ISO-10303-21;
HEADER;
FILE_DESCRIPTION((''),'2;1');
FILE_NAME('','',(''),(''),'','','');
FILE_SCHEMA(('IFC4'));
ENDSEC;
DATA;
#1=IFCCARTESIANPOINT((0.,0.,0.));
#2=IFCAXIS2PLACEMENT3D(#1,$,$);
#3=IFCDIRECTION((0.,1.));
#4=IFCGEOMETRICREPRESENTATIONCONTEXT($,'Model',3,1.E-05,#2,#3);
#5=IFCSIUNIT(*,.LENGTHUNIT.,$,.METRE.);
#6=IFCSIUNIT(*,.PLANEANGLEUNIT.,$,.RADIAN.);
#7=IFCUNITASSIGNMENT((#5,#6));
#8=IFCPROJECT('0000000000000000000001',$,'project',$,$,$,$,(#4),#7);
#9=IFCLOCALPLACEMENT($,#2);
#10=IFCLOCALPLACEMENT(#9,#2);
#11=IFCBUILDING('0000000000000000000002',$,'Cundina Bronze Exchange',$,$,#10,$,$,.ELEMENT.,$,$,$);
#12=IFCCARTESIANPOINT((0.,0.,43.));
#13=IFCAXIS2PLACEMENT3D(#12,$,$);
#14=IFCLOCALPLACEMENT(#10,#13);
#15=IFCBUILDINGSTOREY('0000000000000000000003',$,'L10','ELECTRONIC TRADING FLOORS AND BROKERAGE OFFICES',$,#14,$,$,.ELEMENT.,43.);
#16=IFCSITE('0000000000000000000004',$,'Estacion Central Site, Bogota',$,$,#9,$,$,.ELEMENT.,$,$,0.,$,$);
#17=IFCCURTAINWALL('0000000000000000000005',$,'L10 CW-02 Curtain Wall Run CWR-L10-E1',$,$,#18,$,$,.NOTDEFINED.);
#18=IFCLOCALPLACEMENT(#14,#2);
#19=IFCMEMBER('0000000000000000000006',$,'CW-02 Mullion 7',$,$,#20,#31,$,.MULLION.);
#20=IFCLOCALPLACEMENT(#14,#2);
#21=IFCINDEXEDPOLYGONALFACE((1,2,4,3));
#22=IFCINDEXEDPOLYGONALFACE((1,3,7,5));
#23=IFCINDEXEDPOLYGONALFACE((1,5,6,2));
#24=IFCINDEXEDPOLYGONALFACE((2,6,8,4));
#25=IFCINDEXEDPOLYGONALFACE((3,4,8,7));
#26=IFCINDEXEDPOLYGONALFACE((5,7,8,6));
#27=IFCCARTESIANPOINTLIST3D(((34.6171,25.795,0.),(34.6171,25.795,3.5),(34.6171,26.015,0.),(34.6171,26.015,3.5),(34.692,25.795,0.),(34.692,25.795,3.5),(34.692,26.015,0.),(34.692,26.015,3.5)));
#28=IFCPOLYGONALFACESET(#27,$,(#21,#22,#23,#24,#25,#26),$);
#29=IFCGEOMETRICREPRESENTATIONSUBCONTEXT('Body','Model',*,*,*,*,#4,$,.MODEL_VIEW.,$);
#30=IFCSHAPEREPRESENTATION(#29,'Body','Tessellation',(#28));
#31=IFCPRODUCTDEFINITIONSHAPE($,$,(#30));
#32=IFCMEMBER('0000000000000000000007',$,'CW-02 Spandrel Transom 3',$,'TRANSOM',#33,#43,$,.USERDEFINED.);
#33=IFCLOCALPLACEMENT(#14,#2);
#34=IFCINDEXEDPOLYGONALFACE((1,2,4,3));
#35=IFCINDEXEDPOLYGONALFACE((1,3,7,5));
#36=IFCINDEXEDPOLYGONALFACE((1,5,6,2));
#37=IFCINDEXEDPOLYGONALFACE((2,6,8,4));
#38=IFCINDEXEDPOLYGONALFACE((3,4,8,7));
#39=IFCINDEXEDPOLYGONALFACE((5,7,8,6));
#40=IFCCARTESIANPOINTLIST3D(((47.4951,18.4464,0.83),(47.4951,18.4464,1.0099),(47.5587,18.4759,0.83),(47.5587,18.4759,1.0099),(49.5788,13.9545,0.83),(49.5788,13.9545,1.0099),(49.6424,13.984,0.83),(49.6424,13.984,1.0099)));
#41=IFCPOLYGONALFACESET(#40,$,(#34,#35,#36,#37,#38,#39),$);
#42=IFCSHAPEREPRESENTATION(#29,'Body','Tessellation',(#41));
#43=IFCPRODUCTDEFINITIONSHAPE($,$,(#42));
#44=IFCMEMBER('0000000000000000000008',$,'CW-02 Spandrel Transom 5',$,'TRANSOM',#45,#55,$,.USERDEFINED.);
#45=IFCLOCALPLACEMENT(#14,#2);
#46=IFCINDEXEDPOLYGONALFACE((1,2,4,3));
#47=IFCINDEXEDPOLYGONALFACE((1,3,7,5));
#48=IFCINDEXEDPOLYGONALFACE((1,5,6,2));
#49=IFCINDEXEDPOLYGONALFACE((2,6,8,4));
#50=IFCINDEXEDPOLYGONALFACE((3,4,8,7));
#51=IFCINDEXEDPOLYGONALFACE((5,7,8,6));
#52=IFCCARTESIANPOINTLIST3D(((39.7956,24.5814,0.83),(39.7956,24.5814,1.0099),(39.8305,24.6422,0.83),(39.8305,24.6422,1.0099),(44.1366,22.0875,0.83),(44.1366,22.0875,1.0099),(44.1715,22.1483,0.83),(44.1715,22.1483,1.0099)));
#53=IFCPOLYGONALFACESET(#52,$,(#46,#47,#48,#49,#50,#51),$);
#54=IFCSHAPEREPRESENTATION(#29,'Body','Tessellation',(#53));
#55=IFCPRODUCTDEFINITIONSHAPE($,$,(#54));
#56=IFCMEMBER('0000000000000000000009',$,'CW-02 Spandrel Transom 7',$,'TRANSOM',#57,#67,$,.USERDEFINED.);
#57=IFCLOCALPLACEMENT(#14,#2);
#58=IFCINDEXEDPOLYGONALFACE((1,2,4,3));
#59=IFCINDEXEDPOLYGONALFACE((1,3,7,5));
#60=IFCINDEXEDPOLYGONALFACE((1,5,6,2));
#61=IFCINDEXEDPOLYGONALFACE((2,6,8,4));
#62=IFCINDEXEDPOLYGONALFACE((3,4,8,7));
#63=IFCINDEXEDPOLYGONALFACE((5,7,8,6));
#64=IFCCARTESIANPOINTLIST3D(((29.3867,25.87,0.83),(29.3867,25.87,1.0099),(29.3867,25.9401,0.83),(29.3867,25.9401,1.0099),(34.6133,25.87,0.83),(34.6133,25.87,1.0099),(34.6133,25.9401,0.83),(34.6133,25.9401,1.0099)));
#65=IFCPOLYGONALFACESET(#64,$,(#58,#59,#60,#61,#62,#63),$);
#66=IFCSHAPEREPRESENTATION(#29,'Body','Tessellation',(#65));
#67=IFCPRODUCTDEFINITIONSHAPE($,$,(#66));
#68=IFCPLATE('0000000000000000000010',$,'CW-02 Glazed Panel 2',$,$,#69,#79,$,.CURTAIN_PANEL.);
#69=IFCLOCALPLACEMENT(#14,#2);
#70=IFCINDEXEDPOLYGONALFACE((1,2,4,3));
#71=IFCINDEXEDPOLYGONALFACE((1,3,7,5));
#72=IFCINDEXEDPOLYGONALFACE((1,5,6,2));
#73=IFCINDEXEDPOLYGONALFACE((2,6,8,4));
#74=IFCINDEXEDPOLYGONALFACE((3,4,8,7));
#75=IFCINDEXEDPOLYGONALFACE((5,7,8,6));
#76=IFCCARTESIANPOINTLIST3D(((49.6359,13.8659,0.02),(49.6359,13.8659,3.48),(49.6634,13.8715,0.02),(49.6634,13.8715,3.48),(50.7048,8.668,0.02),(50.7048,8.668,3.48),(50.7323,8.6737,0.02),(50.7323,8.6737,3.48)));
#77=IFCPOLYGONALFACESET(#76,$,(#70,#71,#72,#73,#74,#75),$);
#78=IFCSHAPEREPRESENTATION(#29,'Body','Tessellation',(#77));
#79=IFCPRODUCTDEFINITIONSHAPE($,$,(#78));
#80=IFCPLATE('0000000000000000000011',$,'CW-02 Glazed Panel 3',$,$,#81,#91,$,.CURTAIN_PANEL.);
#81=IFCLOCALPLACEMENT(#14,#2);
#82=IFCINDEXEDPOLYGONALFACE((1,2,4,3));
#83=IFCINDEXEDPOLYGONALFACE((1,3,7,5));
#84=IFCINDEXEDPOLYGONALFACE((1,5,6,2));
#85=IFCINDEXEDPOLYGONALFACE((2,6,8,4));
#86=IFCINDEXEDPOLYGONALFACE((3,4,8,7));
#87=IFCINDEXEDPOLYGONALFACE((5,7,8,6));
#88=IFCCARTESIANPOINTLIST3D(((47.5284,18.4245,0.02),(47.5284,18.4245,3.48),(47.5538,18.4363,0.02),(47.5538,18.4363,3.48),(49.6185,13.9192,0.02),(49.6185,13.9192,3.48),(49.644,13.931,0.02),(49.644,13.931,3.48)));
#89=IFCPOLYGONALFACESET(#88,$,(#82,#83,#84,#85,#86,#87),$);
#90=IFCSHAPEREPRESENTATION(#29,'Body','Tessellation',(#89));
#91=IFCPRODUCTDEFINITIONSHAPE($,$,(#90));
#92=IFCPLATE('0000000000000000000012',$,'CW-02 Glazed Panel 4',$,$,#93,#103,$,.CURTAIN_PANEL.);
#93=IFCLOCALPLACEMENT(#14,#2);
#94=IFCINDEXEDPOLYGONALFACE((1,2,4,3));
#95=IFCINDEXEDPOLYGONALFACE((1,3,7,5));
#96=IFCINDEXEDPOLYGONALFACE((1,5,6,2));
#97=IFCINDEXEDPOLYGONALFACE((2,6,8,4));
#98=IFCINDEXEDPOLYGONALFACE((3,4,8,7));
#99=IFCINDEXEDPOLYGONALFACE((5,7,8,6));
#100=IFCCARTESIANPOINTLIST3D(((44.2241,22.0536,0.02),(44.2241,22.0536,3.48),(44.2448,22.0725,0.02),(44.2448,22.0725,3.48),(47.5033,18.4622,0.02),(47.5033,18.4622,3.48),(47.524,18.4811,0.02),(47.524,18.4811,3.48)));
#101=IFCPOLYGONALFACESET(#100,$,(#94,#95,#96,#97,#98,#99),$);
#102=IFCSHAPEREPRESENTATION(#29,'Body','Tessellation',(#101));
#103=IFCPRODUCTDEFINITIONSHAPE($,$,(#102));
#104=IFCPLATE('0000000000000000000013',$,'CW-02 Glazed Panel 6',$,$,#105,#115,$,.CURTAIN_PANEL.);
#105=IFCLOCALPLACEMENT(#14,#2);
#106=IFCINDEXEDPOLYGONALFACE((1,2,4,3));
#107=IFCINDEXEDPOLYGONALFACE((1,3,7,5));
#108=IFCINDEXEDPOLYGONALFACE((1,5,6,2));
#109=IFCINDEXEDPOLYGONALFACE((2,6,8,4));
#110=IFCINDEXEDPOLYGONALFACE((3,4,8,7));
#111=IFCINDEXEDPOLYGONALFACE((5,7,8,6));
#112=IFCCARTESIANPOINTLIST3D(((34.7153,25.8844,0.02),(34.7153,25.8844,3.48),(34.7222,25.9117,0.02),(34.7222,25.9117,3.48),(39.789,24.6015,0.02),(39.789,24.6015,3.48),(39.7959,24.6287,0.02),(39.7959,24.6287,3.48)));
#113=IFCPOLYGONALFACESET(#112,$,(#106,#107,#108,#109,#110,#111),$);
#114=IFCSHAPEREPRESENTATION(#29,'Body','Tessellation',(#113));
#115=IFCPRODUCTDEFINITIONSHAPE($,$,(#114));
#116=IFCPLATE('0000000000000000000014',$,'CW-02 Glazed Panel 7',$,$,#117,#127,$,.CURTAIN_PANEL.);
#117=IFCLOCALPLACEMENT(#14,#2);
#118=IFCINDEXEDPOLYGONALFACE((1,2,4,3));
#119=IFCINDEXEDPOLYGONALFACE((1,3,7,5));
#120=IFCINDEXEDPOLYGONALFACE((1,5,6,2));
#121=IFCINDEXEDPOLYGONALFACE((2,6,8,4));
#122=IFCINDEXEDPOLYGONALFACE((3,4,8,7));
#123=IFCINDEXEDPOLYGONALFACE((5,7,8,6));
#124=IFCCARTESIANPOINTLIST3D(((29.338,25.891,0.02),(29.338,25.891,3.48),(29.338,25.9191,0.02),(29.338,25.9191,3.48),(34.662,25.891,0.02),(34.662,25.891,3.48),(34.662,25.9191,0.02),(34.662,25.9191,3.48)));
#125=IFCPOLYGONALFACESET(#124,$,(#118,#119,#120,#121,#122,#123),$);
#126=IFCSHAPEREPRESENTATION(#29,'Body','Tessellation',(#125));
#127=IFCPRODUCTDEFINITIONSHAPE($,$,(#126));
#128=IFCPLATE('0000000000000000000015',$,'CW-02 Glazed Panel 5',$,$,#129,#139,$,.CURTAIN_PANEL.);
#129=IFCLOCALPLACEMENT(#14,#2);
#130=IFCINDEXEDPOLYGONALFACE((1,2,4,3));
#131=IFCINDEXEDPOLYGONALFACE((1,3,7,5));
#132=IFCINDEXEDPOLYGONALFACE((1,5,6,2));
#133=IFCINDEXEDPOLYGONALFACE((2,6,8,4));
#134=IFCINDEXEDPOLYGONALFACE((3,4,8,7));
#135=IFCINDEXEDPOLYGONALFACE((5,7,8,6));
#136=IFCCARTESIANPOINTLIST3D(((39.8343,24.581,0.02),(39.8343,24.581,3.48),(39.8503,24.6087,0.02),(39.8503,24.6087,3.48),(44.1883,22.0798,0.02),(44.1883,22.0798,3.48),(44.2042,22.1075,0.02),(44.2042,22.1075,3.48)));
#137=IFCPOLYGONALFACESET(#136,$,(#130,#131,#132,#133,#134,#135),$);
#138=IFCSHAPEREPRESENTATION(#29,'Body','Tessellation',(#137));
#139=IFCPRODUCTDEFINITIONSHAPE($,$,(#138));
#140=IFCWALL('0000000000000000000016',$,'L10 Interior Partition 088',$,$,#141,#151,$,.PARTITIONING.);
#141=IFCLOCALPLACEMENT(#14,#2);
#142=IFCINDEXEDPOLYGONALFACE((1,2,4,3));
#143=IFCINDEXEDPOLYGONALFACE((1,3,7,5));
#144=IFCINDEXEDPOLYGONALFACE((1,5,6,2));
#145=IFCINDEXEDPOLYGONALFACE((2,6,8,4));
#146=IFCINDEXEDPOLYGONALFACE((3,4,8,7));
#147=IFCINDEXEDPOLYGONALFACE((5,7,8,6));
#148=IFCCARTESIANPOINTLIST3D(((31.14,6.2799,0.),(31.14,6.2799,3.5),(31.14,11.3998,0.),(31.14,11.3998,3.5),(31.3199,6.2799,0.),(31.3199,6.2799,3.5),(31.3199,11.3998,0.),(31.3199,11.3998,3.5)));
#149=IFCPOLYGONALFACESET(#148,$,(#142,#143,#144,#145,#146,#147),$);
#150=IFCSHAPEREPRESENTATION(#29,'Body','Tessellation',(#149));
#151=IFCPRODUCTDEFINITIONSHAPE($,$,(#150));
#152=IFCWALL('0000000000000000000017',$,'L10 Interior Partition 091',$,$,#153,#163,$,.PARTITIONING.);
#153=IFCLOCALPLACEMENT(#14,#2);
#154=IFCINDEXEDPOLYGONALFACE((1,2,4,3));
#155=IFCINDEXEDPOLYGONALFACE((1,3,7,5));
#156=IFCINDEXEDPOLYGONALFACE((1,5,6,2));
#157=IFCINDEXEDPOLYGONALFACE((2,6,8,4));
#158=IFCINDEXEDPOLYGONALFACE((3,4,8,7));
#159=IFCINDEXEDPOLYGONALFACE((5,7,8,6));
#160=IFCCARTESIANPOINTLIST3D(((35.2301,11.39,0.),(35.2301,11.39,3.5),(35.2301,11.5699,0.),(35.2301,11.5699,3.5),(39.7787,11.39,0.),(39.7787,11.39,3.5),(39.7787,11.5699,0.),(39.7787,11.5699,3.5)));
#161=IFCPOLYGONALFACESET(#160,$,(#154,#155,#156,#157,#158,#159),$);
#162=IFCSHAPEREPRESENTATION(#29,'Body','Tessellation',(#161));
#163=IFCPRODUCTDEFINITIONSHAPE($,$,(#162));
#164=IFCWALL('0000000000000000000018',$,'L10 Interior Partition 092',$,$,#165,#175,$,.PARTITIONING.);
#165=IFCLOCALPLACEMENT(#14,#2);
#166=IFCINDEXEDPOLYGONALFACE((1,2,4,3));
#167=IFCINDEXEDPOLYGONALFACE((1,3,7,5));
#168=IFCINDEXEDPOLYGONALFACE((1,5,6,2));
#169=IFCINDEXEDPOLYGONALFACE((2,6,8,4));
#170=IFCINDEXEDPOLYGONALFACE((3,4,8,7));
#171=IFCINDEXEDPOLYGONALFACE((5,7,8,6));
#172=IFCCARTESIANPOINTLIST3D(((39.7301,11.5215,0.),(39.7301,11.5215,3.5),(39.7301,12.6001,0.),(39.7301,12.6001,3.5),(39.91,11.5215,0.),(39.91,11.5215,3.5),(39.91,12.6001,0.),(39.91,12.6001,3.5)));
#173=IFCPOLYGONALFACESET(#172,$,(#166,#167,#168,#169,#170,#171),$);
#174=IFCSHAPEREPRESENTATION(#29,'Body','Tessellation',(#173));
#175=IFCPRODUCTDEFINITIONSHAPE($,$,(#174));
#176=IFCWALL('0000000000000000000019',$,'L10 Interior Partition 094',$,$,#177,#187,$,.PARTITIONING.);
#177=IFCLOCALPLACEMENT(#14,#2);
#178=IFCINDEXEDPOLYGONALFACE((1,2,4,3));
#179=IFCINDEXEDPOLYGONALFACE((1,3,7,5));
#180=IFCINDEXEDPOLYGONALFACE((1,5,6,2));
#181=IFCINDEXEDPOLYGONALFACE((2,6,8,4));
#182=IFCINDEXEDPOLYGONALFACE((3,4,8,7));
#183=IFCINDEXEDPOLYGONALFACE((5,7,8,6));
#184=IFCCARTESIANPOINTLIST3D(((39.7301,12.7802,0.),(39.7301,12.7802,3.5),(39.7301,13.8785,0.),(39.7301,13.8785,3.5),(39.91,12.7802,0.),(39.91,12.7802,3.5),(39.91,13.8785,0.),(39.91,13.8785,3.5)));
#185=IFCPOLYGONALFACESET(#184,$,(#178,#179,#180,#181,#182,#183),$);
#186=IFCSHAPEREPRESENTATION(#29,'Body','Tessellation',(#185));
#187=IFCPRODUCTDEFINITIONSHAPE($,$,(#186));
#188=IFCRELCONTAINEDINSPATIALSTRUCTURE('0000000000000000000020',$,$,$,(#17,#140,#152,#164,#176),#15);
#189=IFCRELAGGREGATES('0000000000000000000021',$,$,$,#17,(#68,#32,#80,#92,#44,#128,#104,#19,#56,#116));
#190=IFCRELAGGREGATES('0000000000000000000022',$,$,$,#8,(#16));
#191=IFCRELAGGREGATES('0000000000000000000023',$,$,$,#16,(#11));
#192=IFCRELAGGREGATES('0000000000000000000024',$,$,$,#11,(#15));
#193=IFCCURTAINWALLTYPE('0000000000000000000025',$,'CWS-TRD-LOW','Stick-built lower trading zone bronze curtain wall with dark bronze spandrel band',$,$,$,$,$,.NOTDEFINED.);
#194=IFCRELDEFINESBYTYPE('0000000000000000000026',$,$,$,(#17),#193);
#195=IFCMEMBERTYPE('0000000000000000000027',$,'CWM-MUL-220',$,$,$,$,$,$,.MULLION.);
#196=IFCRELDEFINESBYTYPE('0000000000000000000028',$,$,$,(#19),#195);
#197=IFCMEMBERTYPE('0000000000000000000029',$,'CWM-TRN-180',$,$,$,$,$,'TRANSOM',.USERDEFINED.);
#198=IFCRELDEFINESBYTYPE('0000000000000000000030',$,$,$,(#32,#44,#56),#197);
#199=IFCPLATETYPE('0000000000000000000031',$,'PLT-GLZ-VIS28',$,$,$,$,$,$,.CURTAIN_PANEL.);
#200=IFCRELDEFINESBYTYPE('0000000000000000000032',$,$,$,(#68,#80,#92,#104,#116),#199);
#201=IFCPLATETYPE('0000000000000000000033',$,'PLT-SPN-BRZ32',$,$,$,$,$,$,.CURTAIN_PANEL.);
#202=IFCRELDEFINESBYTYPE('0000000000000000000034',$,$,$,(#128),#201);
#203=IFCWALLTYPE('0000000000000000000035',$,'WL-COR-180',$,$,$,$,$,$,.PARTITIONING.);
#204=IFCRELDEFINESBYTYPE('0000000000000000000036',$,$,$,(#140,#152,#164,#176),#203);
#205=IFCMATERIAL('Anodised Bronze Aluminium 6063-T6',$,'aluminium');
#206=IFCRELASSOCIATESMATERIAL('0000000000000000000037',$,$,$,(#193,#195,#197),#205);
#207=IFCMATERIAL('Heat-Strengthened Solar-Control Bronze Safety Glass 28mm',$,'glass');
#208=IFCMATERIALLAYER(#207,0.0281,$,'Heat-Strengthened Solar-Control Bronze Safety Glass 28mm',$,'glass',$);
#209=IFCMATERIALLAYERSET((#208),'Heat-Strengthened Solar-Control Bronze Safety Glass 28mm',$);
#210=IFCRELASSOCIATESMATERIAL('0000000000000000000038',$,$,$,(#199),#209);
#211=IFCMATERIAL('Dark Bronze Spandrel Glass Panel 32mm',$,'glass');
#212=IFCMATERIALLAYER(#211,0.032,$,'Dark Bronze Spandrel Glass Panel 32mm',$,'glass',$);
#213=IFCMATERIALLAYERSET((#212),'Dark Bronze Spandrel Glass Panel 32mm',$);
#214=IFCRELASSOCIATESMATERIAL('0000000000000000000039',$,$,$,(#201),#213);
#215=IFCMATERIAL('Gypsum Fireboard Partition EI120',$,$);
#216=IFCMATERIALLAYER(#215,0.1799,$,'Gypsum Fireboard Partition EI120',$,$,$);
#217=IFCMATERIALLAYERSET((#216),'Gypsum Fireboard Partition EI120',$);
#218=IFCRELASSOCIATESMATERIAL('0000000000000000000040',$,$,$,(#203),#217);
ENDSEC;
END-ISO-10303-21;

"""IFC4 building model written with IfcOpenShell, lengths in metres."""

from ifc_helpers import new_model, si_unit, direction, frame, frame_2d, origin, origin_2d, place, context, subcontext, project, spatial, rectangle, extrude, material, layer, layer_set, material_profile, profile_set, type_object, element, aggregate, save


model = new_model("IFC4")

# Units and contexts
model_context = context("Model", 3, precision=1e-05, world=origin(), true_north=direction((0.0, 1.0)))
body_context = subcontext(model_context, "Body", "Model", "MODEL_VIEW")
ifc_project = project(units=[si_unit("LENGTHUNIT", "METRE"), si_unit("PLANEANGLEUNIT", "RADIAN")], contexts=[model_context])

# Site, building, storey
site_placement = place(None, origin())
site = spatial("IfcSite", under=ifc_project, at=site_placement, Name="Estacion Central Site, Bogota", CompositionType="ELEMENT", RefElevation=0.0)
building_placement = place(site_placement, origin())
building = spatial("IfcBuilding", under=site, at=building_placement, Name="Cundina Bronze Exchange", CompositionType="ELEMENT")
storey_placement = place(building_placement, frame((0.0, 0.0, 43.0)))
storey = spatial("IfcBuildingStorey", under=building, at=storey_placement, Name="L10", Description="ELECTRONIC TRADING FLOORS AND BROKERAGE OFFICES", CompositionType="ELEMENT", Elevation=43.0)

# Curtain wall, members, plates
ifc_material_1 = material(Name="Anodised Bronze Aluminium 6063-T6", Category="aluminium")
curtain_wall_type = type_object("IfcCurtainWallType", Name="CWS-TRD-LOW", Description="Stick-built lower trading zone bronze curtain wall with dark bronze spandrel band", PredefinedType="NOTDEFINED", material=ifc_material_1)
curtain_wall_placement = place(storey_placement, origin())
curtain_wall = element("IfcCurtainWall", 1, at=curtain_wall_placement, inside=storey, type_object=curtain_wall_type, Name="L10 CW-02 Curtain Wall Run CWR-L10-E1", PredefinedType="NOTDEFINED")
ifc_material_profile_1 = material_profile(ifc_material_1, rectangle(XDim=0.075, YDim=0.22, at=origin_2d()), Name="AL75X220", Category="aluminium")
ifc_profile_set_1 = profile_set([ifc_material_profile_1], Name="Anodised Bronze Aluminium 6063-T6")
member_type_1 = type_object("IfcMemberType", Name="CWM-MUL-220", PredefinedType="MULLION", material=ifc_profile_set_1)
member_1_placement = place(storey_placement, frame((34.6545, 25.905, 0.0), z_axis=(0.0, 0.0, 1.0), x_axis=(-1.0, 0.0, 0.0)))
member_1 = element("IfcMember", 2, at=member_1_placement, type_object=member_type_1, Name="CW-02 Mullion 7", PredefinedType="MULLION", context=body_context, shape_type="SweptSolid", body=[
    extrude(rectangle(XDim=0.075, YDim=0.22, at=origin_2d()), origin(), (0.0, 0.0, 1.0), 3.5),
])
ifc_material_profile_2 = material_profile(ifc_material_1, rectangle(XDim=0.0701, YDim=0.1799, at=origin_2d()), Name="AL70X180", Category="aluminium")
ifc_profile_set_2 = profile_set([ifc_material_profile_2], Name="Anodised Bronze Aluminium 6063-T6")
member_type_2 = type_object("IfcMemberType", Name="CWM-TRN-180", ElementType="TRANSOM", PredefinedType="USERDEFINED", material=ifc_profile_set_2)
member_2_placement = place(storey_placement, frame((49.6106, 13.9692, 0.9199), z_axis=(-0.420811, 0.907148, 0.0), x_axis=(-0.907148, -0.420811, 0.0)))
member_2 = element("IfcMember", 3, at=member_2_placement, type_object=member_type_2, Name="CW-02 Spandrel Transom 3", ObjectType="TRANSOM", PredefinedType="USERDEFINED", context=body_context, shape_type="SweptSolid", body=[
    extrude(rectangle(XDim=0.0701, YDim=0.1799, at=origin_2d()), origin(), (0.0, 0.0, 1.0), 4.9517),
])
member_3_placement = place(storey_placement, frame((44.1541, 22.1179, 0.9199), z_axis=(-0.867097, 0.498139, 0.0), x_axis=(-0.498139, -0.867097, 0.0)))
member_3 = element("IfcMember", 4, at=member_3_placement, type_object=member_type_2, Name="CW-02 Spandrel Transom 5", ObjectType="TRANSOM", PredefinedType="USERDEFINED", context=body_context, shape_type="SweptSolid", body=[
    extrude(rectangle(XDim=0.0701, YDim=0.1799, at=origin_2d()), origin(), (0.0, 0.0, 1.0), 5.0063),
])
member_4_placement = place(storey_placement, frame((34.6133, 25.905, 0.9199), z_axis=(-1.0, 0.0, 0.0), x_axis=(0.0, -1.0, 0.0)))
member_4 = element("IfcMember", 5, at=member_4_placement, type_object=member_type_2, Name="CW-02 Spandrel Transom 7", ObjectType="TRANSOM", PredefinedType="USERDEFINED", context=body_context, shape_type="SweptSolid", body=[
    extrude(rectangle(XDim=0.0701, YDim=0.1799, at=origin_2d()), origin(), (0.0, 0.0, 1.0), 5.2266),
])
ifc_material_2 = material(Name="Heat-Strengthened Solar-Control Bronze Safety Glass 28mm", Category="glass")
ifc_layer_1 = layer(ifc_material_2, 0.0281, Name="Heat-Strengthened Solar-Control Bronze Safety Glass 28mm", Category="glass")
ifc_layer_set_1 = layer_set([ifc_layer_1], Name="Heat-Strengthened Solar-Control Bronze Safety Glass 28mm")
plate_type_1 = type_object("IfcPlateType", Name="PLT-GLZ-VIS28", PredefinedType="CURTAIN_PANEL", material=ifc_layer_set_1)
plate_1_placement = place(storey_placement, frame((50.1841, 11.2698, 0.02), z_axis=(0.0, 0.0, 1.0), x_axis=(-0.20142, 0.979505, 0.0)))
plate_1 = element("IfcPlate", 6, at=plate_1_placement, type_object=plate_type_1, Name="CW-02 Glazed Panel 2", PredefinedType="CURTAIN_PANEL", context=body_context, shape_type="SweptSolid", body=[
    extrude(rectangle(XDim=5.3066, YDim=0.0281, at=origin_2d()), origin(), (0.0, 0.0, 1.0), 3.46),
])
plate_2_placement = place(storey_placement, frame((48.5862, 16.1777, 0.02), z_axis=(0.0, 0.0, 1.0), x_axis=(-0.420846, 0.907132, 0.0)))
plate_2 = element("IfcPlate", 7, at=plate_2_placement, type_object=plate_type_1, Name="CW-02 Glazed Panel 3", PredefinedType="CURTAIN_PANEL", context=body_context, shape_type="SweptSolid", body=[
    extrude(rectangle(XDim=4.9666, YDim=0.0281, at=origin_2d()), origin(), (0.0, 0.0, 1.0), 3.46),
])
plate_3_placement = place(storey_placement, frame((45.874, 20.2673, 0.02), z_axis=(0.0, 0.0, 1.0), x_axis=(-0.674277, 0.738479, 0.0)))
plate_3 = element("IfcPlate", 8, at=plate_3_placement, type_object=plate_type_1, Name="CW-02 Glazed Panel 4", PredefinedType="CURTAIN_PANEL", context=body_context, shape_type="SweptSolid", body=[
    extrude(rectangle(XDim=4.8633, YDim=0.0281, at=origin_2d()), origin(), (0.0, 0.0, 1.0), 3.46),
])
plate_4_placement = place(storey_placement, frame((37.2556, 25.2566, 0.02), z_axis=(0.0, 0.0, 1.0), x_axis=(-0.969488, 0.245138, 0.0)))
plate_4 = element("IfcPlate", 9, at=plate_4_placement, type_object=plate_type_1, Name="CW-02 Glazed Panel 6", PredefinedType="CURTAIN_PANEL", context=body_context, shape_type="SweptSolid", body=[
    extrude(rectangle(XDim=5.2334, YDim=0.0281, at=origin_2d()), origin(), (0.0, 0.0, 1.0), 3.46),
])
plate_5_placement = place(storey_placement, frame((32.0, 25.905, 0.02), z_axis=(0.0, 0.0, 1.0), x_axis=(-1.0, 0.0, 0.0)))
plate_5 = element("IfcPlate", 10, at=plate_5_placement, type_object=plate_type_1, Name="CW-02 Glazed Panel 7", PredefinedType="CURTAIN_PANEL", context=body_context, shape_type="SweptSolid", body=[
    extrude(rectangle(XDim=5.324, YDim=0.0281, at=origin_2d()), origin(), (0.0, 0.0, 1.0), 3.46),
])
ifc_material_3 = material(Name="Dark Bronze Spandrel Glass Panel 32mm", Category="glass")
ifc_layer_2 = layer(ifc_material_3, 0.032, Name="Dark Bronze Spandrel Glass Panel 32mm", Category="glass")
ifc_layer_set_2 = layer_set([ifc_layer_2], Name="Dark Bronze Spandrel Glass Panel 32mm")
plate_type_2 = type_object("IfcPlateType", Name="PLT-SPN-BRZ32", PredefinedType="CURTAIN_PANEL", material=ifc_layer_set_2)
plate_6_placement = place(storey_placement, frame((42.0193, 23.3442, 0.02), z_axis=(0.0, 0.0, 1.0), x_axis=(-0.867105, 0.498125, 0.0)))
plate_6 = element("IfcPlate", 11, at=plate_6_placement, type_object=plate_type_2, Name="CW-02 Glazed Panel 5", PredefinedType="CURTAIN_PANEL", context=body_context, shape_type="SweptSolid", body=[
    extrude(rectangle(XDim=5.0212, YDim=0.032, at=origin_2d()), origin(), (0.0, 0.0, 1.0), 3.46),
])
aggregate(curtain_wall, [plate_1, member_2, plate_2, plate_3, member_3, plate_6, plate_4, member_1, member_4, plate_5])

# Walls
ifc_material_4 = material(Name="Gypsum Fireboard Partition EI120")
ifc_layer_3 = layer(ifc_material_4, 0.1799, Name="Gypsum Fireboard Partition EI120")
ifc_layer_set_3 = layer_set([ifc_layer_3], Name="Gypsum Fireboard Partition EI120")
wall_type_1 = type_object("IfcWallType", Name="WL-COR-180", PredefinedType="PARTITIONING", material=ifc_layer_set_3)
wall_1_placement = place(storey_placement, frame((31.23, 11.3999, 0.0), z_axis=(0.0, 0.0, 1.0), x_axis=(0.0, -1.0, 0.0)))
element("IfcWall", 12, at=wall_1_placement, inside=storey, type_object=wall_type_1, Name="L10 Interior Partition 088", PredefinedType="PARTITIONING", context=body_context, shape_type="SweptSolid", body=[
    extrude(rectangle(XDim=5.1199, YDim=0.1799, at=frame_2d((2.5601, 0.0))), origin(), (0.0, 0.0, 1.0), 3.5),
])
wall_2_placement = place(storey_placement, frame((35.23, 11.48, 0.0), z_axis=(0.0, 0.0, 1.0), x_axis=(1.0, 0.0, 0.0)))
element("IfcWall", 13, at=wall_2_placement, inside=storey, type_object=wall_type_1, Name="L10 Interior Partition 091", PredefinedType="PARTITIONING", context=body_context, shape_type="SweptSolid", body=[
    extrude(rectangle(XDim=4.5486, YDim=0.1799, at=frame_2d((2.2744, 0.0))), origin(), (0.0, 0.0, 1.0), 3.5),
])
wall_3_placement = place(storey_placement, frame((39.8201, 11.5215, 0.0), z_axis=(0.0, 0.0, 1.0), x_axis=(0.0, 1.0, 0.0)))
element("IfcWall", 14, at=wall_3_placement, inside=storey, type_object=wall_type_1, Name="L10 Interior Partition 092", PredefinedType="PARTITIONING", context=body_context, shape_type="SweptSolid", body=[
    extrude(rectangle(XDim=1.0786, YDim=0.1799, at=frame_2d((0.5393, 0.0))), origin(), (0.0, 0.0, 1.0), 3.5),
])

# Wall
wall_4_placement = place(storey_placement, frame((39.8201, 12.78, 0.0), z_axis=(0.0, 0.0, 1.0), x_axis=(0.0, 1.0, 0.0)))
element("IfcWall", 15, at=wall_4_placement, inside=storey, type_object=wall_type_1, Name="L10 Interior Partition 094", PredefinedType="PARTITIONING", context=body_context, shape_type="SweptSolid", body=[
    extrude(rectangle(XDim=1.0984, YDim=0.1799, at=frame_2d((0.5493, 0.0))), origin(), (0.0, 0.0, 1.0), 3.5),
])

save(model, "model.ifc")
